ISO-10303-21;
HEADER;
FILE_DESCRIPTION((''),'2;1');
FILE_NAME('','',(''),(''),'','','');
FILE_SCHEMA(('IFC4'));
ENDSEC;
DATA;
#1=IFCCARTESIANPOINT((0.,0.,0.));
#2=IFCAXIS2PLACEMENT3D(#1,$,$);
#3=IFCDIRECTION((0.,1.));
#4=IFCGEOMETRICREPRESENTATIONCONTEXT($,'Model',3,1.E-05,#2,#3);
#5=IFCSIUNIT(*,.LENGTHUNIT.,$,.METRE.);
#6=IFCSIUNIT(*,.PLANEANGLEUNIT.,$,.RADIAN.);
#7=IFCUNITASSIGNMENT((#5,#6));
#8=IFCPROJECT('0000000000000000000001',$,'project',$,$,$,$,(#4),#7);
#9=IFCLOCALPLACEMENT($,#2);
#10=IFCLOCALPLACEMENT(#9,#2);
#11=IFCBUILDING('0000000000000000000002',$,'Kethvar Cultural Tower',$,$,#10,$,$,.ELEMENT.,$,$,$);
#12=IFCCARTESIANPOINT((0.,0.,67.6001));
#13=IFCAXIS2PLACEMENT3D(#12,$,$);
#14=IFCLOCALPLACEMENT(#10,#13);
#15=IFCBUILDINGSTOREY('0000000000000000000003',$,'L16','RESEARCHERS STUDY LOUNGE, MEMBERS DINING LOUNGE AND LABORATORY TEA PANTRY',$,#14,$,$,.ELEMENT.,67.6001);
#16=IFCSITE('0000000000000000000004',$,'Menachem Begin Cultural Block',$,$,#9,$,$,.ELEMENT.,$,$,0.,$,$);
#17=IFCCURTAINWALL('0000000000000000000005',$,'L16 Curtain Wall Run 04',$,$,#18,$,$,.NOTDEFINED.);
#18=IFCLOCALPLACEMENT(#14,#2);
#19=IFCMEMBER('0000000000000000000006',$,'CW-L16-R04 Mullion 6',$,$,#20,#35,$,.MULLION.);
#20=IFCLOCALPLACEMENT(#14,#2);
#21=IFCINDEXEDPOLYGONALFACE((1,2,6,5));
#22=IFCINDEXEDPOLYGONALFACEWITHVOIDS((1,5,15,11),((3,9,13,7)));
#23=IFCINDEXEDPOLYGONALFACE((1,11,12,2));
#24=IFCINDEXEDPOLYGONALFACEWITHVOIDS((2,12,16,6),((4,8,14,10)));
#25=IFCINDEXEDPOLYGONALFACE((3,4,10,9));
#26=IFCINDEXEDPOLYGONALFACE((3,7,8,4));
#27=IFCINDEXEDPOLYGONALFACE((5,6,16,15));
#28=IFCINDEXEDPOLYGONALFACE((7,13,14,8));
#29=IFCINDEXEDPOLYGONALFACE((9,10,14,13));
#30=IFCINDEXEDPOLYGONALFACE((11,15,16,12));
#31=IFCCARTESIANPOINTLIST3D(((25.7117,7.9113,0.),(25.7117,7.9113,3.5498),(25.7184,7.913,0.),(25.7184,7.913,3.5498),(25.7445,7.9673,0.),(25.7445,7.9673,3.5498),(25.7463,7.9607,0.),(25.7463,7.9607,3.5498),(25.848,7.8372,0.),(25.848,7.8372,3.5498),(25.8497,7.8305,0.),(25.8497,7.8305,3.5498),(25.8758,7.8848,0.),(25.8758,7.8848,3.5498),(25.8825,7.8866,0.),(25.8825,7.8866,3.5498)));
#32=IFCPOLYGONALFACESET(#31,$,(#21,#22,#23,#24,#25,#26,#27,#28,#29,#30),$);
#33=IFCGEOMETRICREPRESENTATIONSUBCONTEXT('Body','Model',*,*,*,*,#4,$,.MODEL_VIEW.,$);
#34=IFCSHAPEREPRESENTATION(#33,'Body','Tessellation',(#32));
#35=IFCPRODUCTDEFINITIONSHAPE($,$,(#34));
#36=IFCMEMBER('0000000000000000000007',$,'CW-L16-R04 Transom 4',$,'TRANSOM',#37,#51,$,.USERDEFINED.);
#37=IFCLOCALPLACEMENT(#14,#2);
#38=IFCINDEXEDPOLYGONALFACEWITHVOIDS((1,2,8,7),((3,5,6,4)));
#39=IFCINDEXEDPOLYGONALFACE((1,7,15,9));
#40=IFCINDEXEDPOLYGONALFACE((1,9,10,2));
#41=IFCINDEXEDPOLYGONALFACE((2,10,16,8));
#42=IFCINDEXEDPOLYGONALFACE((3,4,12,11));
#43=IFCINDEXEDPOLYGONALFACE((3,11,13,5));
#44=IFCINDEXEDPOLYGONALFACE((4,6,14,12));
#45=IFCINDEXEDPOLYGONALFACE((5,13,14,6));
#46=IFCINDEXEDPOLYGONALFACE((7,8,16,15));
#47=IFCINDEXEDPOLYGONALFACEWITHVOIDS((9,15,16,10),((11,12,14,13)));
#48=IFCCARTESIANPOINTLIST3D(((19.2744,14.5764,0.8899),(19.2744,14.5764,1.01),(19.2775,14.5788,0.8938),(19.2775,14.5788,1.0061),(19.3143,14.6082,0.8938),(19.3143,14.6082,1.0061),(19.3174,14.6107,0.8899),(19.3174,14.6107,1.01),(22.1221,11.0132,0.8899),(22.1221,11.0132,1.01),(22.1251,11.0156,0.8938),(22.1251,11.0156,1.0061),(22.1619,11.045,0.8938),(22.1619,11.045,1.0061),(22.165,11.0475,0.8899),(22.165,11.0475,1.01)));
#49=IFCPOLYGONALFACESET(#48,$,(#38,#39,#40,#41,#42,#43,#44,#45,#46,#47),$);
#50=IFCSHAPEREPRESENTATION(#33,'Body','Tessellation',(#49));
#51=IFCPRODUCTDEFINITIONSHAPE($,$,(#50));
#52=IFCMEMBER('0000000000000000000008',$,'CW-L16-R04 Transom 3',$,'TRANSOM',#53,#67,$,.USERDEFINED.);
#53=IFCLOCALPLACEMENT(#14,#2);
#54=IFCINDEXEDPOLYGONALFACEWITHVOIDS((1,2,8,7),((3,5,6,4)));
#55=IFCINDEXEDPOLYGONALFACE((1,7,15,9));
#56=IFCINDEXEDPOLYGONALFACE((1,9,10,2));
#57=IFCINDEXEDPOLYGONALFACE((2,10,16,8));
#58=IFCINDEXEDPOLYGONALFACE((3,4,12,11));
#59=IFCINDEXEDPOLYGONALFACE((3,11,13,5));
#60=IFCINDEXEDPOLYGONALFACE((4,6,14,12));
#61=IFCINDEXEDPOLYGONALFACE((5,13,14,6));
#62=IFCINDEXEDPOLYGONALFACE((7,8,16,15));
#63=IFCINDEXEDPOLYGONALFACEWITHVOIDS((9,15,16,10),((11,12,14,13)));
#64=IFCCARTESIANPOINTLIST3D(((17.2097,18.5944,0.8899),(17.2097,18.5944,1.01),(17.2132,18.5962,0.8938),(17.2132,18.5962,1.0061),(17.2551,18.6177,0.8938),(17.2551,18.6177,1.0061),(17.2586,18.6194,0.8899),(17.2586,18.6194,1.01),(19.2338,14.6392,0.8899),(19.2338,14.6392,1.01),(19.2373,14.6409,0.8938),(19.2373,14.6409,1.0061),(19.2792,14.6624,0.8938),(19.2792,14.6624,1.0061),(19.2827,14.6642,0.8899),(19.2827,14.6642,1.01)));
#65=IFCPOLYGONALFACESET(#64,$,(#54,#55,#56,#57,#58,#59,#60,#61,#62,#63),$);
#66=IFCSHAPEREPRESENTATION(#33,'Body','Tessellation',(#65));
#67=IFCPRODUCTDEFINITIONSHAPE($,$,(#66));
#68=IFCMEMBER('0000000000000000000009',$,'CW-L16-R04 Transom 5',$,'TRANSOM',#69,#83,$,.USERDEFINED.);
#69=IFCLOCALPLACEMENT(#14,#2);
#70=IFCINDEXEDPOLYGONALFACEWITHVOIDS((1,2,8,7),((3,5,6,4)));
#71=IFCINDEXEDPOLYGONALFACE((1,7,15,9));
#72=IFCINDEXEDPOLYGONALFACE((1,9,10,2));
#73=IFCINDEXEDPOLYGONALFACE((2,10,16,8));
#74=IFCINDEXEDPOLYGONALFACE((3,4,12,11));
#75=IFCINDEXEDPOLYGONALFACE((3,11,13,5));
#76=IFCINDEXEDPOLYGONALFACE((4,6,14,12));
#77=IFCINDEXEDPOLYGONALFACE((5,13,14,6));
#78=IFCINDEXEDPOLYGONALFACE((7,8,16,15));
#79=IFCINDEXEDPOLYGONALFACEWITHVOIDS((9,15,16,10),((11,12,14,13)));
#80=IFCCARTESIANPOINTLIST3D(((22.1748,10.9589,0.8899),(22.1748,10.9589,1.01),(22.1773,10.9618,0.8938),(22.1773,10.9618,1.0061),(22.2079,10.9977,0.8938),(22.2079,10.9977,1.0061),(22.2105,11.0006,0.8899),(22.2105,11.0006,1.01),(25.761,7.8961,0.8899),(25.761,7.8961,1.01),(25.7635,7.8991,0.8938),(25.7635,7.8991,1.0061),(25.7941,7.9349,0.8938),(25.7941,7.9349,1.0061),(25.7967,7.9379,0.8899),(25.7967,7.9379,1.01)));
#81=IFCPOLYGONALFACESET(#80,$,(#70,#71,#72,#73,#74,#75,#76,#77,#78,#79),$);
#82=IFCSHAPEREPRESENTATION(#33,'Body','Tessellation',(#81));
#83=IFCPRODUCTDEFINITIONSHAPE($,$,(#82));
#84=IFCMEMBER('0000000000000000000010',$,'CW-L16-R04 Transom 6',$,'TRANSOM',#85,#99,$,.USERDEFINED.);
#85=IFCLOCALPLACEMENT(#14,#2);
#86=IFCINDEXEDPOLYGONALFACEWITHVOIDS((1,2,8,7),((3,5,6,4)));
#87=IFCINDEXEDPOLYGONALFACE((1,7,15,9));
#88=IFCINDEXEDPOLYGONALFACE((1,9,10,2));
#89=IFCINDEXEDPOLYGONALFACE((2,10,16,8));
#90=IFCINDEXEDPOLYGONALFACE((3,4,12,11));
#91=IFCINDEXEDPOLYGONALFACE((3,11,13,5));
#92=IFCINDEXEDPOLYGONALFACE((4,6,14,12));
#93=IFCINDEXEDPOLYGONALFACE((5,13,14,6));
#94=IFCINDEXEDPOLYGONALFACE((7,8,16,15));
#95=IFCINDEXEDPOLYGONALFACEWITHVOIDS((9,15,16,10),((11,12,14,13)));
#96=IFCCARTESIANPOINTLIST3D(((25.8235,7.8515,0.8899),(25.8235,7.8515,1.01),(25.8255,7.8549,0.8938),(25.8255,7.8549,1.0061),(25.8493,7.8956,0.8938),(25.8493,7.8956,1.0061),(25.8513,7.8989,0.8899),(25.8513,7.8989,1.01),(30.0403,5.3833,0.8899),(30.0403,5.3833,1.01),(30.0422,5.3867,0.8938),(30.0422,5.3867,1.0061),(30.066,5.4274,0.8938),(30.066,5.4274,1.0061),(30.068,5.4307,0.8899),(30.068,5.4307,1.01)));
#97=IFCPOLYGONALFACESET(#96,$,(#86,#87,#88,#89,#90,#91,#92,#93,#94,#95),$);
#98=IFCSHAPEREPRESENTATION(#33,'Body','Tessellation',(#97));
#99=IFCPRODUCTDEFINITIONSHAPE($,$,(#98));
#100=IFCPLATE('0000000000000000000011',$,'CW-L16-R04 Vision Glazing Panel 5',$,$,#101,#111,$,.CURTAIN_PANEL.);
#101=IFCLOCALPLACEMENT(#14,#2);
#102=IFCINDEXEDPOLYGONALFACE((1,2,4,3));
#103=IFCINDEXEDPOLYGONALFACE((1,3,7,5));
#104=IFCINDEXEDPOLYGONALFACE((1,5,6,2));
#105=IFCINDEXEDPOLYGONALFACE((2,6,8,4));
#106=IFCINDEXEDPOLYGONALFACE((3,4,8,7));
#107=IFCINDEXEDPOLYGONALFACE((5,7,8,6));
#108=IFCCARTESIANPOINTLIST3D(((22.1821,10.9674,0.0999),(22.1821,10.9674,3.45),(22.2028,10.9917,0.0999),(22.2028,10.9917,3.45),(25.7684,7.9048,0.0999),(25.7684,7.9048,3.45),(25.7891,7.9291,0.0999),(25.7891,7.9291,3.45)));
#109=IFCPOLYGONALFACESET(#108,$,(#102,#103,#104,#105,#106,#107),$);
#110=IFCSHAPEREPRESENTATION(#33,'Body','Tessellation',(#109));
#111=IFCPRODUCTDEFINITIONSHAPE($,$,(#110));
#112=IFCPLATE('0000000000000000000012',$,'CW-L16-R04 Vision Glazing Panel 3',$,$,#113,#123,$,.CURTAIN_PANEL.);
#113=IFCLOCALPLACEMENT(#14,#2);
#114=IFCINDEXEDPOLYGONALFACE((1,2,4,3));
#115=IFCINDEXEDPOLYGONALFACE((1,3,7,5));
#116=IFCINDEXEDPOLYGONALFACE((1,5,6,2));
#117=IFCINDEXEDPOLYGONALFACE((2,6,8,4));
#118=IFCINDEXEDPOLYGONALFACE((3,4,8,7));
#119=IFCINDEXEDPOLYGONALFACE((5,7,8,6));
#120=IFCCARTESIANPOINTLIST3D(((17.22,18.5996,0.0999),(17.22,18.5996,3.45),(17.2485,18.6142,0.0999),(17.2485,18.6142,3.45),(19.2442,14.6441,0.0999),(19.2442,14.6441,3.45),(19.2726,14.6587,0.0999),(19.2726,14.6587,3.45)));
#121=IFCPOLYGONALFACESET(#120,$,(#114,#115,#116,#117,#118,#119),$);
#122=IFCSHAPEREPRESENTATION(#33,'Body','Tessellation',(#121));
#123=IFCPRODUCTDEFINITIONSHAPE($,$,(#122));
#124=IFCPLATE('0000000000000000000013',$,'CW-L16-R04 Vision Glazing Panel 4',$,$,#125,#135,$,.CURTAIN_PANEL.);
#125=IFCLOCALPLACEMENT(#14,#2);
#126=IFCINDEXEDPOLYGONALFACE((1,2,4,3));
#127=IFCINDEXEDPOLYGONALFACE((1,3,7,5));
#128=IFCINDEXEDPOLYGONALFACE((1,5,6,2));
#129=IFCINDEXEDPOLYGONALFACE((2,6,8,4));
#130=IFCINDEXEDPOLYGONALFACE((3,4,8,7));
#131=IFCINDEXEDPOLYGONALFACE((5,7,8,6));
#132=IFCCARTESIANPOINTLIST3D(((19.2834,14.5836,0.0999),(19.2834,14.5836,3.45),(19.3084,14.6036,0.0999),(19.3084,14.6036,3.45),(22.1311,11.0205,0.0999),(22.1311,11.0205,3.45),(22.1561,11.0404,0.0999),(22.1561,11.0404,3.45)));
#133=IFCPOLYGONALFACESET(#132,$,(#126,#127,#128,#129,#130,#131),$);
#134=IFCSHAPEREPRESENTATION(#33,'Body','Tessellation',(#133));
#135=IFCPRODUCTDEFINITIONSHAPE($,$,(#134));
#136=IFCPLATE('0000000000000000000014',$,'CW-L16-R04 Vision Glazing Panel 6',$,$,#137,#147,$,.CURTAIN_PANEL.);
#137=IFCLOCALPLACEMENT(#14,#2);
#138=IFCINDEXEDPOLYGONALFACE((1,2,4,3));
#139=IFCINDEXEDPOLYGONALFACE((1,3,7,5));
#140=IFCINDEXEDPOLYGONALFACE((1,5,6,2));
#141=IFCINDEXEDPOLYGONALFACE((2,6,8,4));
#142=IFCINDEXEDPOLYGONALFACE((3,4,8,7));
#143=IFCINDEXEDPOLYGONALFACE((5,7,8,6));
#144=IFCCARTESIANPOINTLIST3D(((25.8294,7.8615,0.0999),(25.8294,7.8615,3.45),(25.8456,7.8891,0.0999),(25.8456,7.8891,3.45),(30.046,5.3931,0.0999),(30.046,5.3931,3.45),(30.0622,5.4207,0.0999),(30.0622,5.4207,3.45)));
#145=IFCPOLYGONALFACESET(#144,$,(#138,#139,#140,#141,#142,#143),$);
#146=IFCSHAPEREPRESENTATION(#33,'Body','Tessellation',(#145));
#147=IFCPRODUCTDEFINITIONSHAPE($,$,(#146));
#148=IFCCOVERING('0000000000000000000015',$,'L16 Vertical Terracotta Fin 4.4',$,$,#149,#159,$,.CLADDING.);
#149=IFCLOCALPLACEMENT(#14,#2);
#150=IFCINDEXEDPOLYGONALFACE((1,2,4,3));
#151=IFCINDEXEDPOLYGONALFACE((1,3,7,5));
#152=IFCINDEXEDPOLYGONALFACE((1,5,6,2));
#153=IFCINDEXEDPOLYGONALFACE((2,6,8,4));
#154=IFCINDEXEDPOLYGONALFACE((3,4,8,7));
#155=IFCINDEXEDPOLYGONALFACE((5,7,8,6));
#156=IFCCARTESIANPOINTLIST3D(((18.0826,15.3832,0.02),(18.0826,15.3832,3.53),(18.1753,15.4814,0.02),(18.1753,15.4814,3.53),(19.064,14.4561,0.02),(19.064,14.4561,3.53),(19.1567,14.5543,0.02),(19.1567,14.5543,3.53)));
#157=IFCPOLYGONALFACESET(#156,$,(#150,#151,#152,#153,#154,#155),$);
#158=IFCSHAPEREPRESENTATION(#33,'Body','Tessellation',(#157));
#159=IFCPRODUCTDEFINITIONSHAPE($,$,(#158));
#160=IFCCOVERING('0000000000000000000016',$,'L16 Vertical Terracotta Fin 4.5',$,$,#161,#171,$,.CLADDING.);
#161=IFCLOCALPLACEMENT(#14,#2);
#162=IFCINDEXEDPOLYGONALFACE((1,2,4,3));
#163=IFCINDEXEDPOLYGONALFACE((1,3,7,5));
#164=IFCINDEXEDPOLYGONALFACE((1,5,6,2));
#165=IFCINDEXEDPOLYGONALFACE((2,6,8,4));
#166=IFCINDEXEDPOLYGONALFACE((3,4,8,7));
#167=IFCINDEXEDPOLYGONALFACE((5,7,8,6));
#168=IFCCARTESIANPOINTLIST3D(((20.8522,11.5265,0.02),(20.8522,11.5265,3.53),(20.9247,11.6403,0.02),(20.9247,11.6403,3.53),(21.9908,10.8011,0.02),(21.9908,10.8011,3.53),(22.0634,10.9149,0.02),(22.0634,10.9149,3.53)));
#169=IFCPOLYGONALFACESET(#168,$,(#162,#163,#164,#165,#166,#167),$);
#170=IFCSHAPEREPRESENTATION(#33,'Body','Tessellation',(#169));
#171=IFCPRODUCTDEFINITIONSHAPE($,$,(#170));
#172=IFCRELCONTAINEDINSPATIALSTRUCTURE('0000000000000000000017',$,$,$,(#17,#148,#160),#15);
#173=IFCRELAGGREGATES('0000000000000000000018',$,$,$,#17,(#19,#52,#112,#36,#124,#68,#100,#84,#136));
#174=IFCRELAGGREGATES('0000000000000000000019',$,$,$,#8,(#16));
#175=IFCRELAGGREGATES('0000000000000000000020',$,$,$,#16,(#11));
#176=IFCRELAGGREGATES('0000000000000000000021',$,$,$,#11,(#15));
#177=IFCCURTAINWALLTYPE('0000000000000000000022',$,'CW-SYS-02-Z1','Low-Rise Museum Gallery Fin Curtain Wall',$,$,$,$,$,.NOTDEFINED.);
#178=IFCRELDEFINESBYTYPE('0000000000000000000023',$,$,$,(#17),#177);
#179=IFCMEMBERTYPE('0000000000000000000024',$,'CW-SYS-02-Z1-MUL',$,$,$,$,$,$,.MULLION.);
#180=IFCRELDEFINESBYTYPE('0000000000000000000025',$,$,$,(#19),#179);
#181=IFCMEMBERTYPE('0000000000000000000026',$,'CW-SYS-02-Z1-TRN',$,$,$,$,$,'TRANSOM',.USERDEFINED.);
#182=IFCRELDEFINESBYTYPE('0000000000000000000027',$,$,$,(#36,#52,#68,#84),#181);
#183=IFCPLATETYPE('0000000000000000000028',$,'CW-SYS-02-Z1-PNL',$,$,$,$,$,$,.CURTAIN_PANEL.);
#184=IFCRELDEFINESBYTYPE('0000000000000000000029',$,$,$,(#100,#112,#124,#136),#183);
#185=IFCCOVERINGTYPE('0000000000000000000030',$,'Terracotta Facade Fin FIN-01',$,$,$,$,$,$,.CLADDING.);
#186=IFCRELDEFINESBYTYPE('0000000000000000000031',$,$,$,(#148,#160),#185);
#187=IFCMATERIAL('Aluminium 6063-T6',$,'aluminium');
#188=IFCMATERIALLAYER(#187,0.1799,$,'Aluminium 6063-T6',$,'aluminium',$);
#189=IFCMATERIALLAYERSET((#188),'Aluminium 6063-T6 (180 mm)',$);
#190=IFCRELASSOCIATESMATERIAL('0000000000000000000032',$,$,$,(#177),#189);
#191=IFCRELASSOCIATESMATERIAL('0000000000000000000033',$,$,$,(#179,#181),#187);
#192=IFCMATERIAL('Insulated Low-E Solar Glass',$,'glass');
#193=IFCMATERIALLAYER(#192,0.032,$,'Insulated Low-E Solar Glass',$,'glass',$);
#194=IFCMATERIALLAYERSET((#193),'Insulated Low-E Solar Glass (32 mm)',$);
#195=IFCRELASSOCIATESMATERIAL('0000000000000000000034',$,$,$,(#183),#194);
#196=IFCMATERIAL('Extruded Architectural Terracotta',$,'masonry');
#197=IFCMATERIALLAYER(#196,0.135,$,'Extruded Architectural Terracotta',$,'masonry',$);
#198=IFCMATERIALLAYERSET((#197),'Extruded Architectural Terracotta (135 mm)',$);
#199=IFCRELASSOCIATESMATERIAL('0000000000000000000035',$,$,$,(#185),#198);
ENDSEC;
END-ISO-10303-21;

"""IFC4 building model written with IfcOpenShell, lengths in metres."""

from ifc_helpers import new_model, si_unit, direction, frame, origin, origin_2d, place, context, subcontext, project, spatial, rectangle, hollow_rectangle, extrude, source, transform, mapped, material, layer, layer_set, material_profile, profile_set, type_object, element, aggregate, save


model = new_model("IFC4")

# Units and contexts
model_context = context("Model", 3, precision=1e-05, world=origin(), true_north=direction((0.0, 1.0)))
body_context = subcontext(model_context, "Body", "Model", "MODEL_VIEW")
ifc_project = project(units=[si_unit("LENGTHUNIT", "METRE"), si_unit("PLANEANGLEUNIT", "RADIAN")], contexts=[model_context])

# Site, building, storey
site_placement = place(None, origin())
site = spatial("IfcSite", under=ifc_project, at=site_placement, Name="Menachem Begin Cultural Block", CompositionType="ELEMENT", RefElevation=0.0)
building_placement = place(site_placement, origin())
building = spatial("IfcBuilding", under=site, at=building_placement, Name="Kethvar Cultural Tower", CompositionType="ELEMENT")
storey_placement = place(building_placement, frame((0.0, 0.0, 67.6001)))
storey = spatial("IfcBuildingStorey", under=building, at=storey_placement, Name="L16", Description="RESEARCHERS STUDY LOUNGE, MEMBERS DINING LOUNGE AND LABORATORY TEA PANTRY", CompositionType="ELEMENT", Elevation=67.6001)

# Curtain wall, members, plates
ifc_material_1 = material(Name="Aluminium 6063-T6", Category="aluminium")
ifc_layer_1 = layer(ifc_material_1, 0.1799, Name="Aluminium 6063-T6", Category="aluminium")
ifc_layer_set_1 = layer_set([ifc_layer_1], Name="Aluminium 6063-T6 (180 mm)")
curtain_wall_type = type_object("IfcCurtainWallType", Name="CW-SYS-02-Z1", Description="Low-Rise Museum Gallery Fin Curtain Wall", PredefinedType="NOTDEFINED", material=ifc_layer_set_1)
curtain_wall_placement = place(storey_placement, origin())
curtain_wall = element("IfcCurtainWall", 1, at=curtain_wall_placement, inside=storey, type_object=curtain_wall_type, Name="L16 Curtain Wall Run 04", PredefinedType="NOTDEFINED")
ifc_material_profile_1 = material_profile(ifc_material_1, hollow_rectangle(XDim=0.0649, YDim=0.1599, WallThickness=0.0049, at=origin_2d()), Name="Aluminium 6063-T6 — RHS160x65x5")
ifc_profile_set_1 = profile_set([ifc_material_profile_1], Name="Aluminium 6063-T6 — RHS160x65x5")
member_type_1 = type_object("IfcMemberType", Name="CW-SYS-02-Z1-MUL", PredefinedType="MULLION", material=ifc_profile_set_1)
shared_shape_1 = source(origin(), body_context, "Body", "SweptSolid", [
    extrude(hollow_rectangle(XDim=0.0649, YDim=0.1599, WallThickness=0.0049, at=origin_2d()), origin(), (0.0, 0.0, 1.0), 3.5498),
])
member_1_placement = place(storey_placement, frame((25.7971, 7.8989, 0.0), z_axis=(0.0, 0.0, 1.0), x_axis=(0.505191, 0.863008, 0.0)))
member_1 = element("IfcMember", 2, at=member_1_placement, type_object=member_type_1, Name="CW-L16-R04 Mullion 6", PredefinedType="MULLION", context=body_context, shape_type="MappedRepresentation", body=[
    mapped(shared_shape_1, transform((0.0, 0.0, 0.0), scale=1.0)),
])
ifc_material_profile_2 = material_profile(ifc_material_1, hollow_rectangle(XDim=0.0549, YDim=0.1201, WallThickness=0.0039, at=origin_2d()), Name="Aluminium 6063-T6 — RHS120x55x4")
ifc_profile_set_2 = profile_set([ifc_material_profile_2], Name="Aluminium 6063-T6 — RHS120x55x4")
member_type_2 = type_object("IfcMemberType", Name="CW-SYS-02-Z1-TRN", ElementType="TRANSOM", PredefinedType="USERDEFINED", material=ifc_profile_set_2)
shared_shape_2 = source(origin(), body_context, "Body", "SweptSolid", [
    extrude(hollow_rectangle(XDim=0.0549, YDim=0.1201, WallThickness=0.0039, at=origin_2d()), origin(), (0.0, 0.0, 1.0), 4.5613),
])
member_2_placement = place(storey_placement, frame((19.2959, 14.5935, 0.95), z_axis=(0.624303, -0.781182, 0.0), x_axis=(0.781182, 0.624303, 0.0)))
member_2 = element("IfcMember", 3, at=member_2_placement, type_object=member_type_2, Name="CW-L16-R04 Transom 4", ObjectType="TRANSOM", PredefinedType="USERDEFINED", context=body_context, shape_type="MappedRepresentation", body=[
    mapped(shared_shape_2, transform((0.0, 0.0, 0.0), scale=1.0)),
])
shared_shape_3 = source(origin(), body_context, "Body", "SweptSolid", [
    extrude(hollow_rectangle(XDim=0.0549, YDim=0.1201, WallThickness=0.0039, at=origin_2d()), origin(), (0.0, 0.0, 1.0), 4.4431),
])
member_3_placement = place(storey_placement, frame((17.2341, 18.6069, 0.95), z_axis=(0.455568, -0.890201, 0.0), x_axis=(0.890201, 0.455568, 0.0)))
member_3 = element("IfcMember", 4, at=member_3_placement, type_object=member_type_2, Name="CW-L16-R04 Transom 3", ObjectType="TRANSOM", PredefinedType="USERDEFINED", context=body_context, shape_type="MappedRepresentation", body=[
    mapped(shared_shape_3, transform((0.0, 0.0, 0.0), scale=1.0)),
])
shared_shape_4 = source(origin(), body_context, "Body", "SweptSolid", [
    extrude(hollow_rectangle(XDim=0.0549, YDim=0.1201, WallThickness=0.0039, at=origin_2d()), origin(), (0.0, 0.0, 1.0), 4.7161),
])
member_4_placement = place(storey_placement, frame((22.1926, 10.9797, 0.95), z_axis=(0.760421, -0.64943, 0.0), x_axis=(0.64943, 0.760421, 0.0)))
member_4 = element("IfcMember", 5, at=member_4_placement, type_object=member_type_2, Name="CW-L16-R04 Transom 5", ObjectType="TRANSOM", PredefinedType="USERDEFINED", context=body_context, shape_type="MappedRepresentation", body=[
    mapped(shared_shape_4, transform((0.0, 0.0, 0.0), scale=1.0)),
])
shared_shape_5 = source(origin(), body_context, "Body", "SweptSolid", [
    extrude(hollow_rectangle(XDim=0.0549, YDim=0.1201, WallThickness=0.0039, at=origin_2d()), origin(), (0.0, 0.0, 1.0), 4.886),
])
member_5_placement = place(storey_placement, frame((25.8374, 7.8752, 0.95), z_axis=(0.863024, -0.505163, 0.0), x_axis=(0.505163, 0.863024, 0.0)))
member_5 = element("IfcMember", 6, at=member_5_placement, type_object=member_type_2, Name="CW-L16-R04 Transom 6", ObjectType="TRANSOM", PredefinedType="USERDEFINED", context=body_context, shape_type="MappedRepresentation", body=[
    mapped(shared_shape_5, transform((0.0, 0.0, 0.0), scale=1.0)),
])
ifc_material_2 = material(Name="Insulated Low-E Solar Glass", Category="glass")
ifc_layer_2 = layer(ifc_material_2, 0.032, Name="Insulated Low-E Solar Glass", Category="glass")
ifc_layer_set_2 = layer_set([ifc_layer_2], Name="Insulated Low-E Solar Glass (32 mm)")
plate_type = type_object("IfcPlateType", Name="CW-SYS-02-Z1-PNL", PredefinedType="CURTAIN_PANEL", material=ifc_layer_set_2)
shared_shape_6 = source(origin(), body_context, "Body", "SweptSolid", [
    extrude(rectangle(XDim=4.7161, YDim=0.032, at=origin_2d()), origin(), (0.0, 0.0, 1.0), 3.3501),
])
plate_1_placement = place(storey_placement, frame((23.9856, 9.4482, 0.0999), z_axis=(0.0, 0.0, 1.0), x_axis=(0.76044, -0.649408, 0.0)))
plate_1 = element("IfcPlate", 7, at=plate_1_placement, type_object=plate_type, Name="CW-L16-R04 Vision Glazing Panel 5", PredefinedType="CURTAIN_PANEL", context=body_context, shape_type="MappedRepresentation", body=[
    mapped(shared_shape_6, transform((0.0, 0.0, 0.0), scale=1.0)),
])
shared_shape_7 = source(origin(), body_context, "Body", "SweptSolid", [
    extrude(rectangle(XDim=4.4434, YDim=0.032, at=origin_2d()), origin(), (0.0, 0.0, 1.0), 3.3501),
])
plate_2_placement = place(storey_placement, frame((18.2463, 16.6292, 0.0999), z_axis=(0.0, 0.0, 1.0), x_axis=(0.455545, -0.890213, 0.0)))
plate_2 = element("IfcPlate", 8, at=plate_2_placement, type_object=plate_type, Name="CW-L16-R04 Vision Glazing Panel 3", PredefinedType="CURTAIN_PANEL", context=body_context, shape_type="MappedRepresentation", body=[
    mapped(shared_shape_7, transform((0.0, 0.0, 0.0), scale=1.0)),
])
shared_shape_8 = source(origin(), body_context, "Body", "SweptSolid", [
    extrude(rectangle(XDim=4.5613, YDim=0.032, at=origin_2d()), origin(), (0.0, 0.0, 1.0), 3.3501),
])
plate_3_placement = place(storey_placement, frame((20.7197, 12.812, 0.0999), z_axis=(0.0, 0.0, 1.0), x_axis=(0.624316, -0.781172, 0.0)))
plate_3 = element("IfcPlate", 9, at=plate_3_placement, type_object=plate_type, Name="CW-L16-R04 Vision Glazing Panel 4", PredefinedType="CURTAIN_PANEL", context=body_context, shape_type="MappedRepresentation", body=[
    mapped(shared_shape_8, transform((0.0, 0.0, 0.0), scale=1.0)),
])
shared_shape_9 = source(origin(), body_context, "Body", "SweptSolid", [
    extrude(rectangle(XDim=4.886, YDim=0.032, at=origin_2d()), origin(), (0.0, 0.0, 1.0), 3.3501),
])
plate_4_placement = place(storey_placement, frame((27.9458, 6.6411, 0.0999), z_axis=(0.0, 0.0, 1.0), x_axis=(0.863008, -0.505191, 0.0)))
plate_4 = element("IfcPlate", 10, at=plate_4_placement, type_object=plate_type, Name="CW-L16-R04 Vision Glazing Panel 6", PredefinedType="CURTAIN_PANEL", context=body_context, shape_type="MappedRepresentation", body=[
    mapped(shared_shape_9, transform((0.0, 0.0, 0.0), scale=1.0)),
])
aggregate(curtain_wall, [member_1, member_3, plate_2, member_2, plate_3, member_4, plate_1, member_5, plate_4])

# Coverings
ifc_material_3 = material(Name="Extruded Architectural Terracotta", Category="masonry")
ifc_layer_3 = layer(ifc_material_3, 0.135, Name="Extruded Architectural Terracotta", Category="masonry")
ifc_layer_set_3 = layer_set([ifc_layer_3], Name="Extruded Architectural Terracotta (135 mm)")
covering_type = type_object("IfcCoveringType", Name="Terracotta Facade Fin FIN-01", PredefinedType="CLADDING", material=ifc_layer_set_3)
shared_shape_10 = source(origin(), body_context, "Body", "SweptSolid", [
    extrude(rectangle(XDim=1.3501, YDim=0.135, at=origin_2d()), origin(), (0.0, 0.0, 1.0), 3.51),
])
for number, where, z_axis, x_axis, name in (
    (11, (18.6196, 14.9688, 0.02), (0.0, 0.0, 1.0), (-0.726934, 0.686707, 0.0), "L16 Vertical Terracotta Fin 4.4"),
    (12, (21.4578, 11.2207, 0.02), (0.0, 0.0, 1.0), (-0.843391, 0.5373, 0.0), "L16 Vertical Terracotta Fin 4.5"),
):
    element("IfcCovering", number, at=place(storey_placement, frame(where, z_axis=z_axis, x_axis=x_axis)), inside=storey, type_object=covering_type, Name=name, PredefinedType="CLADDING", context=body_context, shape_type="MappedRepresentation", body=[
        mapped(shared_shape_10, transform((0.0, 0.0, 0.0), scale=1.0)),
    ])

save(model, "model.ifc")
